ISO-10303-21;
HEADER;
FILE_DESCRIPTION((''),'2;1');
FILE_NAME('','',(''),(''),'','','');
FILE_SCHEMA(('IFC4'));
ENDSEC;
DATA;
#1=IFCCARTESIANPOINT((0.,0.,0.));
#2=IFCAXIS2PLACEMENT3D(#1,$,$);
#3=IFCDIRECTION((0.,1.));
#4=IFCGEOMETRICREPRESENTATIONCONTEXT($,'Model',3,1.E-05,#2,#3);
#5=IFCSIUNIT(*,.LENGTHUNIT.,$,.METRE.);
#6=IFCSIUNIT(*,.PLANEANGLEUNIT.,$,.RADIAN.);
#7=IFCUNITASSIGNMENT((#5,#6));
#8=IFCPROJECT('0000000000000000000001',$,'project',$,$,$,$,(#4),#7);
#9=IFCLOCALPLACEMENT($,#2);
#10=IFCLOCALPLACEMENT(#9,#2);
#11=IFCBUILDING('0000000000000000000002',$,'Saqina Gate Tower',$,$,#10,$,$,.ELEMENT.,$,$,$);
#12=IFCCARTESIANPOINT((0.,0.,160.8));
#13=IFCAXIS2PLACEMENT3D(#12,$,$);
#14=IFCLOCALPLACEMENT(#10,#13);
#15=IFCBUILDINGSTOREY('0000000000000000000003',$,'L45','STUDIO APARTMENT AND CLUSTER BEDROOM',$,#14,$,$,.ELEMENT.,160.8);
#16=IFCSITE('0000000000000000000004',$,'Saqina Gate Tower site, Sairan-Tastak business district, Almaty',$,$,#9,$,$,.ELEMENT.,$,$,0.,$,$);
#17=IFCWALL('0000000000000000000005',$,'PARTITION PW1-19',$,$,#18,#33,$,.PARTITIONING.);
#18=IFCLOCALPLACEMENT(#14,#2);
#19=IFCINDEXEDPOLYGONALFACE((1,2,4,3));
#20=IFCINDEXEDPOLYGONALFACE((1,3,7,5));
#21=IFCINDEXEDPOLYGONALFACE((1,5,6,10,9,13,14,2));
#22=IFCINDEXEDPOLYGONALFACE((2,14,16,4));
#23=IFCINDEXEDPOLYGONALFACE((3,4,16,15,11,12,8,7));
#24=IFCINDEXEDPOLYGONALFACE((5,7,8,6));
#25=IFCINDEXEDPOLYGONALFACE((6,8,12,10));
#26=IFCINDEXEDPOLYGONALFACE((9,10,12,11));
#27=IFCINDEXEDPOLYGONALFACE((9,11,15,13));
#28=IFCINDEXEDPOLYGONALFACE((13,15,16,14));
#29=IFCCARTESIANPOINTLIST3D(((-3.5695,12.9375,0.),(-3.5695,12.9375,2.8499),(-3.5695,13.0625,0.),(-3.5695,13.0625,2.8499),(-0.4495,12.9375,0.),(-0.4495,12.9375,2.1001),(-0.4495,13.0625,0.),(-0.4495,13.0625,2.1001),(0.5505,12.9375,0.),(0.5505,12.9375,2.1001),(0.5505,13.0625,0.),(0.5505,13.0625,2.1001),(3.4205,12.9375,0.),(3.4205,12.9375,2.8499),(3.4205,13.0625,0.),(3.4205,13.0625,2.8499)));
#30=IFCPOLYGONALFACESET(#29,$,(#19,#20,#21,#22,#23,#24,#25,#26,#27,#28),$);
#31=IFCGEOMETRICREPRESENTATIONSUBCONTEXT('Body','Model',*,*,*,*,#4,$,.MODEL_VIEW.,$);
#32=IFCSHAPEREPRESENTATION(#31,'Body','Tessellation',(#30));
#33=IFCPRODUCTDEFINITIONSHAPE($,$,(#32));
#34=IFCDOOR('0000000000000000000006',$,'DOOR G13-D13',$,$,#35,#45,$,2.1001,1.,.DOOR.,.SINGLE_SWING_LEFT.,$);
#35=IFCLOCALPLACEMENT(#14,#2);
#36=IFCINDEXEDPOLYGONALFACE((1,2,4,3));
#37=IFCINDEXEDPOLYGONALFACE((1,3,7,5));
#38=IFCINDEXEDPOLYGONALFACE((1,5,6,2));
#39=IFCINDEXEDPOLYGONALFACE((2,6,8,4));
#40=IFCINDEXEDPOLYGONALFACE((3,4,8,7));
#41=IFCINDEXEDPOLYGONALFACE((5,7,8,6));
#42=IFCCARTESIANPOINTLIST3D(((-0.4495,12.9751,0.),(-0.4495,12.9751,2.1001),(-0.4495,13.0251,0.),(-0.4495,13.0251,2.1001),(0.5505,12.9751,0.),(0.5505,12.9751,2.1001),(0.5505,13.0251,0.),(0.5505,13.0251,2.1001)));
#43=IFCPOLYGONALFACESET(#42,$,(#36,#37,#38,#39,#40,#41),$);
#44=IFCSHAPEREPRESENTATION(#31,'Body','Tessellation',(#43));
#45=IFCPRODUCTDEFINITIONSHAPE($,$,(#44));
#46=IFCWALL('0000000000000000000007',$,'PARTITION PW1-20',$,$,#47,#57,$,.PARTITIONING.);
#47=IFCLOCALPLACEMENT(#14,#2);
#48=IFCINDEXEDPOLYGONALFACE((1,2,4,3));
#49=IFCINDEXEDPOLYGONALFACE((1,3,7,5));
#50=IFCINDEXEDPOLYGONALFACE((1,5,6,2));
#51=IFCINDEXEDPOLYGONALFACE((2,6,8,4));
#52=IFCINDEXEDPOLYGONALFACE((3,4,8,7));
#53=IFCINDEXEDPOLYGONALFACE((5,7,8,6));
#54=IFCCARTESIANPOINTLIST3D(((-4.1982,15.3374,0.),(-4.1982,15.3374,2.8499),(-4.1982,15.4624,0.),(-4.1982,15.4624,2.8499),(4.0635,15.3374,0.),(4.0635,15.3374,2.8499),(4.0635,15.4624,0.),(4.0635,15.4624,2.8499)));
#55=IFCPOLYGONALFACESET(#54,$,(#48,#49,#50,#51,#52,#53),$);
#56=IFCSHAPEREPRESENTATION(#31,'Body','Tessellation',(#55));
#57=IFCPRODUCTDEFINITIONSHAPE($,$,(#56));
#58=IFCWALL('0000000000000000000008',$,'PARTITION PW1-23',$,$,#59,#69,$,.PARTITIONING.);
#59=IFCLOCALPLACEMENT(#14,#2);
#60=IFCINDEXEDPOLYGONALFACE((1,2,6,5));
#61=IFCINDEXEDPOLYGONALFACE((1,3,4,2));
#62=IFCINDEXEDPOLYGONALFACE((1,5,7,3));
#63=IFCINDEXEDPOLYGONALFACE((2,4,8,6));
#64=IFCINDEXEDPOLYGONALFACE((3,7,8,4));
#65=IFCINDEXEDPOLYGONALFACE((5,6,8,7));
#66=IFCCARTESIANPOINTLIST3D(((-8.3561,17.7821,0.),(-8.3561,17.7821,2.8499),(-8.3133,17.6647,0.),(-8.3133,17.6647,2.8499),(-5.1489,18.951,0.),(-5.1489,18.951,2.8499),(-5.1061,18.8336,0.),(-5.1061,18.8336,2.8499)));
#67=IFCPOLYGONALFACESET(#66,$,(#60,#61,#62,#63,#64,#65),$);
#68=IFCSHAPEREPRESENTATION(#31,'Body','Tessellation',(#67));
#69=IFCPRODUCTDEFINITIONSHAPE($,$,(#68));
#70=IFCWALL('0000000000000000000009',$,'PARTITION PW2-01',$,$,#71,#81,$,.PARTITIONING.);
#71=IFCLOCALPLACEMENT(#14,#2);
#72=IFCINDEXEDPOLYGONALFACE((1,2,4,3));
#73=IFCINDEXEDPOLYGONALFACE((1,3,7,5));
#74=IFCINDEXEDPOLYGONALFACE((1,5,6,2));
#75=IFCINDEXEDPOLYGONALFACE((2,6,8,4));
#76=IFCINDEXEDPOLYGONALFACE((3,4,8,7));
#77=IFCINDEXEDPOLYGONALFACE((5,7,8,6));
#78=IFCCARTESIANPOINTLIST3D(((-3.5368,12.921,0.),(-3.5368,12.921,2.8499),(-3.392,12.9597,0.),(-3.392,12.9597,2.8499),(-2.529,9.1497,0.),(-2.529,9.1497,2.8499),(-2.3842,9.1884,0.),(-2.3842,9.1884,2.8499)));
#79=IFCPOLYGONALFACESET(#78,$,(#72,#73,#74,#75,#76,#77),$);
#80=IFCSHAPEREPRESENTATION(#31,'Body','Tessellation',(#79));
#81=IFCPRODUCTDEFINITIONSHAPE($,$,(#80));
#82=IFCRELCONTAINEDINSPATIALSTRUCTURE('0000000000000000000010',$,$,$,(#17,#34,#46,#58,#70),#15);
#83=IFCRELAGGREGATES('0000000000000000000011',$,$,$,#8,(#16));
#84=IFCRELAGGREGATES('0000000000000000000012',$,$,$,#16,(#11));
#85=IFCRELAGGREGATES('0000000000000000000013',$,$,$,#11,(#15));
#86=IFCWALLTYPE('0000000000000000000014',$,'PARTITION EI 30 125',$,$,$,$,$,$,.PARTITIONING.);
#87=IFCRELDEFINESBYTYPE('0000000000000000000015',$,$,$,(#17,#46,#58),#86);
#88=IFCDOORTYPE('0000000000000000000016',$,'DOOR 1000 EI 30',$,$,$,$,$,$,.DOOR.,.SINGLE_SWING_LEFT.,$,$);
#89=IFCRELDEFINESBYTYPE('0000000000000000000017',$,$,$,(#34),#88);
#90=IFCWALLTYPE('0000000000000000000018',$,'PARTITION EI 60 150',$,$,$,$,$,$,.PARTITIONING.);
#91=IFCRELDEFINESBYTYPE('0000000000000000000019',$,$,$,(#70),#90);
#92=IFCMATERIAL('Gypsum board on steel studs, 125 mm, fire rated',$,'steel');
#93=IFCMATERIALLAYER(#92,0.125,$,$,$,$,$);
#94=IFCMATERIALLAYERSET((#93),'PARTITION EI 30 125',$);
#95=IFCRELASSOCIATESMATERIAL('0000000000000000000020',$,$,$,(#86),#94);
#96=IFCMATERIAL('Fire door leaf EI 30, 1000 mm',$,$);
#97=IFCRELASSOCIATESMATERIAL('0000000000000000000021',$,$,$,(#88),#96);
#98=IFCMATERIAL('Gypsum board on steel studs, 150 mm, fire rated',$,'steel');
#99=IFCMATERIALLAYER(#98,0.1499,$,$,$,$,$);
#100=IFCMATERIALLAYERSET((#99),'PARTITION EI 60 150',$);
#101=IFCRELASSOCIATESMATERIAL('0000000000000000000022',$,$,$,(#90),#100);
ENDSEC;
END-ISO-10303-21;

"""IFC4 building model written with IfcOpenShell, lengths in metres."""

from ifc_helpers import new_model, si_unit, direction, frame, frame_2d, origin, place, context, subcontext, project, spatial, rectangle, extrude, material, layer, layer_set, type_object, element, fill, save


model = new_model("IFC4")

# Units and contexts
model_context = context("Model", 3, precision=1e-05, world=origin(), true_north=direction((0.0, 1.0)))
body_context = subcontext(model_context, "Body", "Model", "MODEL_VIEW")
ifc_project = project(units=[si_unit("LENGTHUNIT", "METRE"), si_unit("PLANEANGLEUNIT", "RADIAN")], contexts=[model_context])

# Site, building, storey
site_placement = place(None, origin())
site = spatial("IfcSite", under=ifc_project, at=site_placement, Name="Saqina Gate Tower site, Sairan-Tastak business district, Almaty", CompositionType="ELEMENT", RefElevation=0.0)
building_placement = place(site_placement, origin())
building = spatial("IfcBuilding", under=site, at=building_placement, Name="Saqina Gate Tower", CompositionType="ELEMENT")
storey_placement = place(building_placement, frame((0.0, 0.0, 160.8)))
storey = spatial("IfcBuildingStorey", under=building, at=storey_placement, Name="L45", Description="STUDIO APARTMENT AND CLUSTER BEDROOM", CompositionType="ELEMENT", Elevation=160.8)

# Wall, opening, door
ifc_material_1 = material(Name="Gypsum board on steel studs, 125 mm, fire rated", Category="steel")
ifc_layer_1 = layer(ifc_material_1, 0.125)
ifc_layer_set_1 = layer_set([ifc_layer_1], Name="PARTITION EI 30 125")
wall_type_1 = type_object("IfcWallType", Name="PARTITION EI 30 125", PredefinedType="PARTITIONING", material=ifc_layer_set_1)
wall_1_placement = place(storey_placement, frame((-3.5696, 13.0, 0.0), z_axis=(0.0, 0.0, 1.0), x_axis=(1.0, 0.0, 0.0)))
wall_1 = element("IfcWall", 1, at=wall_1_placement, inside=storey, type_object=wall_type_1, Name="PARTITION PW1-19", PredefinedType="PARTITIONING", context=body_context, shape_type="SweptSolid", body=[
    extrude(rectangle(XDim=6.99, YDim=0.125, at=frame_2d((3.4951, 0.0))), origin(), (0.0, 0.0, 1.0), 2.8499),
])
opening_1_placement = place(wall_1_placement, frame((3.1201, 0.0, 0.0)))
opening_1 = element("IfcOpeningElement", 2, at=opening_1_placement, cuts=wall_1, PredefinedType="OPENING", context=body_context, shape_type="SweptSolid", body=[
    extrude(rectangle(XDim=1.0, YDim=2.1001, at=frame_2d((0.5, 1.05))), frame((0.0, 0.0745, 0.0), z_axis=(0.0, -1.0, 0.0), x_axis=(1.0, 0.0, 0.0)), (0.0, 0.0, 1.0), 0.1489),
])
ifc_material_2 = material(Name="Fire door leaf EI 30, 1000 mm")
door_type_1 = type_object("IfcDoorType", Name="DOOR 1000 EI 30", OperationType="SINGLE_SWING_LEFT", PredefinedType="DOOR", material=ifc_material_2)
door_1_placement = place(opening_1_placement, frame((1.0, 0.0, 0.0), z_axis=(0.0, 0.0, 1.0), x_axis=(-1.0, 0.0, 0.0)))
door_1 = element("IfcDoor", 3, at=door_1_placement, inside=storey, type_object=door_type_1, Name="DOOR G13-D13", OperationType="SINGLE_SWING_LEFT", OverallHeight=2.1001, OverallWidth=1.0, PredefinedType="DOOR", context=body_context, shape_type="SweptSolid", body=[
    extrude(rectangle(XDim=1.0, YDim=2.1001, at=frame_2d((0.5, 1.05))), frame((0.0, 0.0249, 0.0), z_axis=(0.0, -1.0, 0.0), x_axis=(1.0, 0.0, 0.0)), (0.0, 0.0, 1.0), 0.05),
])
fill(opening_1, door_1)

# Walls
wall_2_placement = place(storey_placement, frame((-4.1982, 15.3999, 0.0), z_axis=(0.0, 0.0, 1.0), x_axis=(1.0, 0.0, 0.0)))
element("IfcWall", 4, at=wall_2_placement, inside=storey, type_object=wall_type_1, Name="PARTITION PW1-20", PredefinedType="PARTITIONING", context=body_context, shape_type="SweptSolid", body=[
    extrude(rectangle(XDim=8.2617, YDim=0.125, at=frame_2d((4.1309, 0.0))), origin(), (0.0, 0.0, 1.0), 2.8499),
])
wall_3_placement = place(storey_placement, frame((-8.3347, 17.7234, 0.0), z_axis=(0.0, 0.0, 1.0), x_axis=(0.939543, 0.342432, 0.0)))
element("IfcWall", 5, at=wall_3_placement, inside=storey, type_object=wall_type_1, Name="PARTITION PW1-23", PredefinedType="PARTITIONING", context=body_context, shape_type="SweptSolid", body=[
    extrude(rectangle(XDim=3.4136, YDim=0.125, at=frame_2d((1.7068, 0.0))), origin(), (0.0, 0.0, 1.0), 2.8499),
])
ifc_material_3 = material(Name="Gypsum board on steel studs, 150 mm, fire rated", Category="steel")
ifc_layer_2 = layer(ifc_material_3, 0.1499)
ifc_layer_set_2 = layer_set([ifc_layer_2], Name="PARTITION EI 60 150")
wall_type_2 = type_object("IfcWallType", Name="PARTITION EI 60 150", PredefinedType="PARTITIONING", material=ifc_layer_set_2)
wall_4_placement = place(storey_placement, frame((-3.4644, 12.9402, 0.0), z_axis=(0.0, 0.0, 1.0), x_axis=(0.258176, -0.966098, 0.0)))
element("IfcWall", 6, at=wall_4_placement, inside=storey, type_object=wall_type_2, Name="PARTITION PW2-01", PredefinedType="PARTITIONING", context=body_context, shape_type="SweptSolid", body=[
    extrude(rectangle(XDim=3.9036, YDim=0.1499, at=frame_2d((1.9517, 0.0))), origin(), (0.0, 0.0, 1.0), 2.8499),
])

save(model, "model.ifc")
